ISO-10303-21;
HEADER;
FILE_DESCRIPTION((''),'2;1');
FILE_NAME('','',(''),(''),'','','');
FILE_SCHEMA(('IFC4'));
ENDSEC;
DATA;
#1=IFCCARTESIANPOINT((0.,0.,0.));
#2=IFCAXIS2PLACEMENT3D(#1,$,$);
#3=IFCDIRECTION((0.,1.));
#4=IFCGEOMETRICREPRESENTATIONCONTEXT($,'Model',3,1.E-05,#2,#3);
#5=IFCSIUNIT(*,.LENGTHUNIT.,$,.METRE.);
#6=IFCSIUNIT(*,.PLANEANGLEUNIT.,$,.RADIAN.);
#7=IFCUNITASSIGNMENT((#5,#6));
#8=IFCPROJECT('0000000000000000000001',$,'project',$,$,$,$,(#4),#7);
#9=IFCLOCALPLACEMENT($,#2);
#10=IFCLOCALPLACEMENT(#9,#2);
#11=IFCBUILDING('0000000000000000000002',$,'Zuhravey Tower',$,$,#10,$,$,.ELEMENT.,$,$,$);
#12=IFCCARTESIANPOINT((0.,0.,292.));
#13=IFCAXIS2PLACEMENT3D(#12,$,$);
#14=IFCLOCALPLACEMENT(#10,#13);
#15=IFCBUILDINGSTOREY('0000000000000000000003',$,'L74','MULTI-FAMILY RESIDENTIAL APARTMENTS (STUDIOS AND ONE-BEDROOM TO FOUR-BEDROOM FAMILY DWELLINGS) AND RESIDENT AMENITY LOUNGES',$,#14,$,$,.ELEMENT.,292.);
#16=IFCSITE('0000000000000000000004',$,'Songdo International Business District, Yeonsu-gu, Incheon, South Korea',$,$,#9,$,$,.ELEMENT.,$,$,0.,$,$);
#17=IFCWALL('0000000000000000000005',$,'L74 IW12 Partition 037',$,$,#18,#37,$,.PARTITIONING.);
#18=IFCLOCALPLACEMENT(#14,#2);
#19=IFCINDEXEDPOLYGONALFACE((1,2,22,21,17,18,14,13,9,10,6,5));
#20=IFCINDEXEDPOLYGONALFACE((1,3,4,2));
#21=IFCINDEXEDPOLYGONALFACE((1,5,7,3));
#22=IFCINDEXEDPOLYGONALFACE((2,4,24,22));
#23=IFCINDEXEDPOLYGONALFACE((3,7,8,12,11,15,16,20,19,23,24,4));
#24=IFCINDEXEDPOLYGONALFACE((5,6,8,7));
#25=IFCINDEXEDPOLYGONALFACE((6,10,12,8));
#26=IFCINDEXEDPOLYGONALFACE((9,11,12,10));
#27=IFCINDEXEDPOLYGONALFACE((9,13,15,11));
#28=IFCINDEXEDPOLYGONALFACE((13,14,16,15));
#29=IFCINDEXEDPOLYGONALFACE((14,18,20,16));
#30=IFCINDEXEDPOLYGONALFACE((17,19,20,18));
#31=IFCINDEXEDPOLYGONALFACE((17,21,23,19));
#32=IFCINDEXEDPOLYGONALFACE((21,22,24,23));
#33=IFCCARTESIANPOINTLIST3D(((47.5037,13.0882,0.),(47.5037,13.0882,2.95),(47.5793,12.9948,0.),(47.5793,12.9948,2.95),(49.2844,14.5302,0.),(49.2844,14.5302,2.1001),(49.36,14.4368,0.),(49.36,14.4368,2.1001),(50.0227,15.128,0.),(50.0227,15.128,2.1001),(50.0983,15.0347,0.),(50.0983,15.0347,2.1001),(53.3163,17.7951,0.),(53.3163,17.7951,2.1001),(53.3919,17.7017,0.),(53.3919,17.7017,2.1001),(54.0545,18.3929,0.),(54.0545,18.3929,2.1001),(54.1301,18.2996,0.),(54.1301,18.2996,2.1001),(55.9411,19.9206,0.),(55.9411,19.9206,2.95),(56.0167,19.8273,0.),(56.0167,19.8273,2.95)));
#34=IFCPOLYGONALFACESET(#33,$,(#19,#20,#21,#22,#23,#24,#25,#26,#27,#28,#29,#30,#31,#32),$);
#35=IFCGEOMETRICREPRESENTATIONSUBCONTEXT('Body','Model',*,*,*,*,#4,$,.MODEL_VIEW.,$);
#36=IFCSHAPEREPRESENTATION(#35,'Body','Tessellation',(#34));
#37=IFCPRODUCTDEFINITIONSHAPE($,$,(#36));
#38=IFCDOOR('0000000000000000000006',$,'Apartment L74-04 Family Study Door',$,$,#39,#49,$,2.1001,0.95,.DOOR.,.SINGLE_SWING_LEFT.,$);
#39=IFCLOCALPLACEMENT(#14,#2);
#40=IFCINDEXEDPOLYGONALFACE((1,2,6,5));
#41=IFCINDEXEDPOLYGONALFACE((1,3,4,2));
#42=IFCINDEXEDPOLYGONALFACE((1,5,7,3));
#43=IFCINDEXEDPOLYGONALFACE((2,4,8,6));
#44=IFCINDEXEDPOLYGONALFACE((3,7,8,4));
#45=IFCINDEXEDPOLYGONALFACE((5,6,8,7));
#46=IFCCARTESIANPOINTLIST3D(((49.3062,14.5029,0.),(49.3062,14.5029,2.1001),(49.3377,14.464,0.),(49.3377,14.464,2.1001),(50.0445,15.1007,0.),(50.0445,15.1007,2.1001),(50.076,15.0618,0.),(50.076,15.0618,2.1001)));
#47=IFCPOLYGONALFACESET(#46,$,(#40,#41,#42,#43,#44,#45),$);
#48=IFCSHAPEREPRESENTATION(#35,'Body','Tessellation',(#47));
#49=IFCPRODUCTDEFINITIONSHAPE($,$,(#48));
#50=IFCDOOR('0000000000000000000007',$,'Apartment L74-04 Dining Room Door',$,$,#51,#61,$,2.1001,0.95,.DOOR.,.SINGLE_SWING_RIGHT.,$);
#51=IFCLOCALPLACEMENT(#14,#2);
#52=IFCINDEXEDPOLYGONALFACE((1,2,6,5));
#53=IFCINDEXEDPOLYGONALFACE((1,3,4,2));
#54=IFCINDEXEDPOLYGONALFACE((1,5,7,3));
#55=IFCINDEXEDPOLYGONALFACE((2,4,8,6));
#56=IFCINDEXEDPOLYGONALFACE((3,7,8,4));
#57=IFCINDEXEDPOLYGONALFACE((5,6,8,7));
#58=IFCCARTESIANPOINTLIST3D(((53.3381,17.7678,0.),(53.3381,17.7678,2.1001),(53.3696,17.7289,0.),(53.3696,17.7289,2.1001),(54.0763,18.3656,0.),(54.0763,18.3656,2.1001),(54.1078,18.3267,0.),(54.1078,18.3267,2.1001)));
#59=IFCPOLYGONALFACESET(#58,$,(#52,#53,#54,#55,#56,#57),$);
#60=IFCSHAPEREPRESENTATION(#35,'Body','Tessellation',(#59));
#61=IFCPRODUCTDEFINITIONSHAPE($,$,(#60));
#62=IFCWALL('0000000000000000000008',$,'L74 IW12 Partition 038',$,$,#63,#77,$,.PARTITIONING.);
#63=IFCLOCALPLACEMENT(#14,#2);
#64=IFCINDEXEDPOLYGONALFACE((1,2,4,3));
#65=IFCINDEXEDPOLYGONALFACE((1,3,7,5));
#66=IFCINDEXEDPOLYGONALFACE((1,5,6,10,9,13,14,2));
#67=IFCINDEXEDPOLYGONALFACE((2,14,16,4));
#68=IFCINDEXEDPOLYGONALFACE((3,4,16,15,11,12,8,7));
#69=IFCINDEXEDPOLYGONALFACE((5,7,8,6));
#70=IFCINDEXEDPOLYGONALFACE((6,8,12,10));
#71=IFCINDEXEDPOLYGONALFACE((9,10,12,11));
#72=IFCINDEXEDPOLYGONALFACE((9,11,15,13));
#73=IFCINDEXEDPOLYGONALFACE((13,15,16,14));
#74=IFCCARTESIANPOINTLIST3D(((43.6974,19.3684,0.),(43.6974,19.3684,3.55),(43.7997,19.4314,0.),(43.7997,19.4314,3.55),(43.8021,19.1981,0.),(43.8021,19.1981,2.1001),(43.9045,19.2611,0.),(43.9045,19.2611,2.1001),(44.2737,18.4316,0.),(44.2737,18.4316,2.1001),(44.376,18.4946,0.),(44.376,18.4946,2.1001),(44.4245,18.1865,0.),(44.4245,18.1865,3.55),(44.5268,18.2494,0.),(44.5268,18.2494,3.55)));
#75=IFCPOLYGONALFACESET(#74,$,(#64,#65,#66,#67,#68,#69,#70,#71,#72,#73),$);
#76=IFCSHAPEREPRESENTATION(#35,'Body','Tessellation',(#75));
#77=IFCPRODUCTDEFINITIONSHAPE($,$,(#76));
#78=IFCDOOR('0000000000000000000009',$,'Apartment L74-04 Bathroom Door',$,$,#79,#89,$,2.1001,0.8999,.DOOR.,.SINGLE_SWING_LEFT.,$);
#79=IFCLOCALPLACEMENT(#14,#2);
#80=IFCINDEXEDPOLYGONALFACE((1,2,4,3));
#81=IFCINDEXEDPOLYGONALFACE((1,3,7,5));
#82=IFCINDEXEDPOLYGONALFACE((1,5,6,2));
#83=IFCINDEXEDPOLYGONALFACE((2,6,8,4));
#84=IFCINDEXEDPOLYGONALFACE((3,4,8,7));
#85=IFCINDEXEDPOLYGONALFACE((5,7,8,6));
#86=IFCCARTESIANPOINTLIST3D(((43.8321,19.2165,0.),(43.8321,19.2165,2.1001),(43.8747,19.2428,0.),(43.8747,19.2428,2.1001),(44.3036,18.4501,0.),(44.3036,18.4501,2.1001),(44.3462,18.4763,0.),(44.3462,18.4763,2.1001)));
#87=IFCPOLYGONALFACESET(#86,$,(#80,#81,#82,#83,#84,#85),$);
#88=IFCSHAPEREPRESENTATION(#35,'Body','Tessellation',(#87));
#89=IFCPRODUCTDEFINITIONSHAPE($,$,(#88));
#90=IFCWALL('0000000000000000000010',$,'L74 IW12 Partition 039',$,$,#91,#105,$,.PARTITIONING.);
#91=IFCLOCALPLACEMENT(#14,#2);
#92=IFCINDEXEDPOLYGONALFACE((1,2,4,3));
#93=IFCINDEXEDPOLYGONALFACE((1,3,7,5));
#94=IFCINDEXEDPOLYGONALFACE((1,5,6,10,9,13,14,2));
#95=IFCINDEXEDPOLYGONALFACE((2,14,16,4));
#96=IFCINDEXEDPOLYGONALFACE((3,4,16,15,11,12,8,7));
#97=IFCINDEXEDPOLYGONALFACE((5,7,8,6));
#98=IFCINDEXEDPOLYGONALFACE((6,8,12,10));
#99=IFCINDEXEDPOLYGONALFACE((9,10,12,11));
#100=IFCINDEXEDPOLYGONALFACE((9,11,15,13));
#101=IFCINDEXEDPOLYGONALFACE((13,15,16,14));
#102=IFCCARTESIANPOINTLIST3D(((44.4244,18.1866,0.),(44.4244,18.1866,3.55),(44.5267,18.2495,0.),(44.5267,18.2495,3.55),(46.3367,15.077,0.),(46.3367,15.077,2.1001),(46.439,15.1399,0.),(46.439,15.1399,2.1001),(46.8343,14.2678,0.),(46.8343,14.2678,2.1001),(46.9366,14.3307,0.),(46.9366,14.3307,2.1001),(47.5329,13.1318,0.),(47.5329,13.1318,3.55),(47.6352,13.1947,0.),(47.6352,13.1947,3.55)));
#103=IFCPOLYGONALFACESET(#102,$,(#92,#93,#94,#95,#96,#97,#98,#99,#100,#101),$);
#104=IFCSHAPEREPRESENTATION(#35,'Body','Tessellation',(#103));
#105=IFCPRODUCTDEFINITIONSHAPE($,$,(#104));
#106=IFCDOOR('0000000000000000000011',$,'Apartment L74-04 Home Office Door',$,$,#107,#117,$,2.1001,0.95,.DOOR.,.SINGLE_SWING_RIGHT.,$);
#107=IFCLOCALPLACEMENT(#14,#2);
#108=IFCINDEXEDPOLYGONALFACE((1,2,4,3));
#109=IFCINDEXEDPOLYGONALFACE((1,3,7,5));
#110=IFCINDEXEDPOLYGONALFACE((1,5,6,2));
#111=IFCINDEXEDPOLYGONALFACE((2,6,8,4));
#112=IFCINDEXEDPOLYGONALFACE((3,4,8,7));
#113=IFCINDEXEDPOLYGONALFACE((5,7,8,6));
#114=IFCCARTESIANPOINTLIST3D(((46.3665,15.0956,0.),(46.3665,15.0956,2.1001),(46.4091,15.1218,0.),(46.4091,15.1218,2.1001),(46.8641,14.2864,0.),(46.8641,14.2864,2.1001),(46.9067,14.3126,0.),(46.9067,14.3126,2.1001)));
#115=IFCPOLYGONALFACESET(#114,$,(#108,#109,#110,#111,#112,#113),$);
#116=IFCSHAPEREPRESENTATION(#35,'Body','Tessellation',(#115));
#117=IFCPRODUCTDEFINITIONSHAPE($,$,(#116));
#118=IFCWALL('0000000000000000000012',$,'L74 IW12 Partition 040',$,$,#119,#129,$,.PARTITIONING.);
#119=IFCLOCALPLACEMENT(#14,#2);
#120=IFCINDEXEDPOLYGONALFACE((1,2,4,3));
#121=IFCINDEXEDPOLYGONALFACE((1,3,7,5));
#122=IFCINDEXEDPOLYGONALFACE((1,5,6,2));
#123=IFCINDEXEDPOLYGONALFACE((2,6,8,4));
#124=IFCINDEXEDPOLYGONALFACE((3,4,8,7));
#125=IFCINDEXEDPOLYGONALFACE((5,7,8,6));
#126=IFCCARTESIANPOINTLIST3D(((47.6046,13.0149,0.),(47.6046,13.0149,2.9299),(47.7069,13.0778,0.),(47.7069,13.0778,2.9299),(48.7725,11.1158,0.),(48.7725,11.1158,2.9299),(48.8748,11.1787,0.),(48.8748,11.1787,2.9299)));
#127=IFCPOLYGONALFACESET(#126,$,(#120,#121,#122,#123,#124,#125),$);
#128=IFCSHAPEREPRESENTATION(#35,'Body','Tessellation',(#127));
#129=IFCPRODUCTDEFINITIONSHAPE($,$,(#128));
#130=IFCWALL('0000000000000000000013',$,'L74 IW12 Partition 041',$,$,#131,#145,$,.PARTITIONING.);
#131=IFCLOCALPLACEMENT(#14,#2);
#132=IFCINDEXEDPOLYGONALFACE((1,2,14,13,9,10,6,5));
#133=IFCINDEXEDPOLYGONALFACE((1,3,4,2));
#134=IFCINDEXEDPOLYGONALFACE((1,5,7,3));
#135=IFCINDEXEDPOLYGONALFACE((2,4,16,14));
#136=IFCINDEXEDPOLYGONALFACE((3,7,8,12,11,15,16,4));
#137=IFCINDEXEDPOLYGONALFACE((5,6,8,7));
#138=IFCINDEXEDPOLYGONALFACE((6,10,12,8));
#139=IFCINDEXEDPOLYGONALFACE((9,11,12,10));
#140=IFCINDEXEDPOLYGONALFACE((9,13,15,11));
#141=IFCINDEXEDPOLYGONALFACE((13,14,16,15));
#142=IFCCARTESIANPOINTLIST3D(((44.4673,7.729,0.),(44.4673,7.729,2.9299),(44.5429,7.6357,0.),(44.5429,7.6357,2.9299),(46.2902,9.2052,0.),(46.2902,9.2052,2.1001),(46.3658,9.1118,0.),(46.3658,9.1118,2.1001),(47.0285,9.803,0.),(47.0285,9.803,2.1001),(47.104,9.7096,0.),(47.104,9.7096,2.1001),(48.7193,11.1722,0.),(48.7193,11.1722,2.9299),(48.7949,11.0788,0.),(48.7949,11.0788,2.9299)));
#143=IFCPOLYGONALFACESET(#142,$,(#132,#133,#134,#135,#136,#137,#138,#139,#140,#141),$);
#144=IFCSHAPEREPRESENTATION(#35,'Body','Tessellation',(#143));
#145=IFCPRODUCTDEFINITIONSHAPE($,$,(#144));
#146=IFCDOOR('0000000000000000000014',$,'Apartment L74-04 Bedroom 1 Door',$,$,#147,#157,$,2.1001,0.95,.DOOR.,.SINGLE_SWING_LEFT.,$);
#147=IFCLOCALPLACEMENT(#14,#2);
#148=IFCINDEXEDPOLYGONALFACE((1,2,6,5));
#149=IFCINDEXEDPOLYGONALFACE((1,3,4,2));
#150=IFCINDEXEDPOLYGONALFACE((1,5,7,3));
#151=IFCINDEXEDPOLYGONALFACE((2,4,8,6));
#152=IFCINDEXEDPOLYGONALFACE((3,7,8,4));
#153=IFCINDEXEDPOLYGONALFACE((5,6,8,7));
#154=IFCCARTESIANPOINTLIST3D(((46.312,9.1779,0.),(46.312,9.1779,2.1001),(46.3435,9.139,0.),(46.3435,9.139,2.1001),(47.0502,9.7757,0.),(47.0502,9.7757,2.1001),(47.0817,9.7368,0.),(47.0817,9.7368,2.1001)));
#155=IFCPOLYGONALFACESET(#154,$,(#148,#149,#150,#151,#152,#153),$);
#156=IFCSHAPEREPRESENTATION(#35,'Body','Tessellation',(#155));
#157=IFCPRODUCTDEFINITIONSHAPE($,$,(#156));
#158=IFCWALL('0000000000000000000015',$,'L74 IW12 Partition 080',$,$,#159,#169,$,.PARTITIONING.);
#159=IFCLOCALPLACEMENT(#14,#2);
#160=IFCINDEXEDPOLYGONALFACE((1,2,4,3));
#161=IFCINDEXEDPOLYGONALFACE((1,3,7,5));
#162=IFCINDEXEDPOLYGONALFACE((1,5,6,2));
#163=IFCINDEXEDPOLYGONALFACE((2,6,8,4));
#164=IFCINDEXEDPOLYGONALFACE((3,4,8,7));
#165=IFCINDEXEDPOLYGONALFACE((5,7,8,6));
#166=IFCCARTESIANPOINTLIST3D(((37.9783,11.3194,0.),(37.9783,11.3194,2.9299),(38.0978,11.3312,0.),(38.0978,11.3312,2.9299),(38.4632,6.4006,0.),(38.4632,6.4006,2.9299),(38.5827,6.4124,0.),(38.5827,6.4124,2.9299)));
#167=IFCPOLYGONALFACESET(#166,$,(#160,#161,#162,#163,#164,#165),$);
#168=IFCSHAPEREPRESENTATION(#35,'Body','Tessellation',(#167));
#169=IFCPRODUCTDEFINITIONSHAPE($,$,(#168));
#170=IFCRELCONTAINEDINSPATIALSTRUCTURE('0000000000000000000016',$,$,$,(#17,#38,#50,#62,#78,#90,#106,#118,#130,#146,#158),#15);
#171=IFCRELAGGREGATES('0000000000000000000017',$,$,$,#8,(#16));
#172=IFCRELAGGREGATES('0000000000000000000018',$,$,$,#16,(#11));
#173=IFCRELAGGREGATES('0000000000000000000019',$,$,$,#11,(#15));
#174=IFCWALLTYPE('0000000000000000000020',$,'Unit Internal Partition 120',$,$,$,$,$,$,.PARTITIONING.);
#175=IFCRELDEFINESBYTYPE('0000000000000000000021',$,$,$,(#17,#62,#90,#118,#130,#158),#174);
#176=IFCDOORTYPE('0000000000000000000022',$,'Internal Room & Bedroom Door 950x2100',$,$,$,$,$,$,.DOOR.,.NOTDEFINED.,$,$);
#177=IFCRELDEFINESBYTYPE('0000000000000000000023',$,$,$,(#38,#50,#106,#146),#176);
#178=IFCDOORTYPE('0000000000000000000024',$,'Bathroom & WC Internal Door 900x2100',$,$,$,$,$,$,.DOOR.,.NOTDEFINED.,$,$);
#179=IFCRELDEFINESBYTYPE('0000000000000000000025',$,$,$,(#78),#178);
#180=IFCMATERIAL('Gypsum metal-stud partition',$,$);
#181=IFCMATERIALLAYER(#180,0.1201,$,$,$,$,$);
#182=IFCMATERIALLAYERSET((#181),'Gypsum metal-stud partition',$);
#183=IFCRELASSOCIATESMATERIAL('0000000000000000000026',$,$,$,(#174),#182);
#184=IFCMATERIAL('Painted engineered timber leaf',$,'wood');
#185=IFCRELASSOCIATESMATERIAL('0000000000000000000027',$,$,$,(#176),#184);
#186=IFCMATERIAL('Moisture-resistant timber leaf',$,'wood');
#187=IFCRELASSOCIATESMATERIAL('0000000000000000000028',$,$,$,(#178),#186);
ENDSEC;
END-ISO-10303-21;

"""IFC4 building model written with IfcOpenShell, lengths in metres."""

from ifc_helpers import new_model, si_unit, direction, frame, frame_2d, origin, place, context, subcontext, project, spatial, rectangle, extrude, material, layer, layer_set, type_object, element, fill, save


model = new_model("IFC4")

# Units and contexts
model_context = context("Model", 3, precision=1e-05, world=origin(), true_north=direction((0.0, 1.0)))
body_context = subcontext(model_context, "Body", "Model", "MODEL_VIEW")
ifc_project = project(units=[si_unit("LENGTHUNIT", "METRE"), si_unit("PLANEANGLEUNIT", "RADIAN")], contexts=[model_context])

# Site, building, storey
site_placement = place(None, origin())
site = spatial("IfcSite", under=ifc_project, at=site_placement, Name="Songdo International Business District, Yeonsu-gu, Incheon, South Korea", CompositionType="ELEMENT", RefElevation=0.0)
building_placement = place(site_placement, origin())
building = spatial("IfcBuilding", under=site, at=building_placement, Name="Zuhravey Tower", CompositionType="ELEMENT")
storey_placement = place(building_placement, frame((0.0, 0.0, 292.0)))
storey = spatial("IfcBuildingStorey", under=building, at=storey_placement, Name="L74", Description="MULTI-FAMILY RESIDENTIAL APARTMENTS (STUDIOS AND ONE-BEDROOM TO FOUR-BEDROOM FAMILY DWELLINGS) AND RESIDENT AMENITY LOUNGES", CompositionType="ELEMENT", Elevation=292.0)

# Wall, openings, doors
ifc_material_1 = material(Name="Gypsum metal-stud partition")
ifc_layer_1 = layer(ifc_material_1, 0.1201)
ifc_layer_set_1 = layer_set([ifc_layer_1], Name="Gypsum metal-stud partition")
wall_type_1 = type_object("IfcWallType", Name="Unit Internal Partition 120", PredefinedType="PARTITIONING", material=ifc_layer_set_1)
wall_1_placement = place(storey_placement, frame((47.5415, 13.0415, 0.0), z_axis=(0.0, 0.0, 1.0), x_axis=(0.777147, 0.629319, 0.0)))
wall_1 = element("IfcWall", 1, at=wall_1_placement, inside=storey, type_object=wall_type_1, Name="L74 IW12 Partition 037", PredefinedType="PARTITIONING", context=body_context, shape_type="SweptSolid", body=[
    extrude(rectangle(XDim=10.8569, YDim=0.1201, at=frame_2d((5.4285, 0.0))), origin(), (0.0, 0.0, 1.0), 2.95),
])
opening_1_placement = place(wall_1_placement, frame((2.2913, 0.0, 0.0)))
opening_1 = element("IfcOpeningElement", 2, at=opening_1_placement, cuts=wall_1, PredefinedType="OPENING", context=body_context, shape_type="SweptSolid", body=[
    extrude(rectangle(XDim=0.95, YDim=2.1001, at=frame_2d((0.4751, 1.05))), frame((0.0, 0.072, 0.0), z_axis=(0.0, -1.0, 0.0), x_axis=(1.0, 0.0, 0.0)), (0.0, 0.0, 1.0), 0.144),
])
opening_2_placement = place(wall_1_placement, frame((7.4792, 0.0, 0.0)))
opening_2 = element("IfcOpeningElement", 3, at=opening_2_placement, cuts=wall_1, PredefinedType="OPENING", context=body_context, shape_type="SweptSolid", body=[
    extrude(rectangle(XDim=0.95, YDim=2.1001, at=frame_2d((0.4751, 1.05))), frame((0.0, 0.072, 0.0), z_axis=(0.0, -1.0, 0.0), x_axis=(1.0, 0.0, 0.0)), (0.0, 0.0, 1.0), 0.144),
])
ifc_material_2 = material(Name="Painted engineered timber leaf", Category="wood")
door_type_1 = type_object("IfcDoorType", Name="Internal Room & Bedroom Door 950x2100", OperationType="NOTDEFINED", PredefinedType="DOOR", material=ifc_material_2)
door_1_placement = place(opening_1_placement, frame((0.95, 0.0, 0.0), z_axis=(0.0, 0.0, 1.0), x_axis=(-1.0, 0.0, 0.0)))
door_1 = element("IfcDoor", 4, at=door_1_placement, inside=storey, type_object=door_type_1, Name="Apartment L74-04 Family Study Door", OperationType="SINGLE_SWING_LEFT", OverallHeight=2.1001, OverallWidth=0.95, PredefinedType="DOOR", context=body_context, shape_type="SweptSolid", body=[
    extrude(rectangle(XDim=0.95, YDim=2.1001, at=frame_2d((0.4751, 1.05))), frame((0.0, 0.0249, 0.0), z_axis=(0.0, -1.0, 0.0), x_axis=(1.0, 0.0, 0.0)), (0.0, 0.0, 1.0), 0.05),
])
fill(opening_1, door_1)
door_2_placement = place(opening_2_placement, frame((0.95, 0.0, 0.0), z_axis=(0.0, 0.0, 1.0), x_axis=(-1.0, 0.0, 0.0)))
door_2 = element("IfcDoor", 5, at=door_2_placement, inside=storey, type_object=door_type_1, Name="Apartment L74-04 Dining Room Door", OperationType="SINGLE_SWING_RIGHT", OverallHeight=2.1001, OverallWidth=0.95, PredefinedType="DOOR", context=body_context, shape_type="SweptSolid", body=[
    extrude(rectangle(XDim=0.95, YDim=2.1001, at=frame_2d((0.4751, 1.05))), frame((0.0, 0.0249, 0.0), z_axis=(0.0, -1.0, 0.0), x_axis=(1.0, 0.0, 0.0)), (0.0, 0.0, 1.0), 0.05),
])
fill(opening_2, door_2)

# Walls, openings, doors
wall_2_placement = place(storey_placement, frame((43.7485, 19.3999, 0.0), z_axis=(0.0, 0.0, 1.0), x_axis=(0.52396, -0.851743, 0.0)))
wall_2 = element("IfcWall", 6, at=wall_2_placement, inside=storey, type_object=wall_type_1, Name="L74 IW12 Partition 038", PredefinedType="PARTITIONING", context=body_context, shape_type="SweptSolid", body=[
    extrude(rectangle(XDim=1.3877, YDim=0.1201, at=frame_2d((0.6938, 0.0))), origin(), (0.0, 0.0, 1.0), 3.55),
])
opening_3_placement = place(wall_2_placement, frame((0.2, 0.0, 0.0)))
opening_3 = element("IfcOpeningElement", 7, at=opening_3_placement, cuts=wall_2, PredefinedType="OPENING", context=body_context, shape_type="SweptSolid", body=[
    extrude(rectangle(XDim=0.8999, YDim=2.1001, at=frame_2d((0.45, 1.05))), frame((0.0, 0.072, 0.0), z_axis=(0.0, -1.0, 0.0), x_axis=(1.0, 0.0, 0.0)), (0.0, 0.0, 1.0), 0.144),
])
ifc_material_3 = material(Name="Moisture-resistant timber leaf", Category="wood")
door_type_2 = type_object("IfcDoorType", Name="Bathroom & WC Internal Door 900x2100", OperationType="NOTDEFINED", PredefinedType="DOOR", material=ifc_material_3)
door_3_placement = place(opening_3_placement, frame((0.8999, 0.0, 0.0), z_axis=(0.0, 0.0, 1.0), x_axis=(-1.0, 0.0, 0.0)))
door_3 = element("IfcDoor", 8, at=door_3_placement, inside=storey, type_object=door_type_2, Name="Apartment L74-04 Bathroom Door", OperationType="SINGLE_SWING_LEFT", OverallHeight=2.1001, OverallWidth=0.8999, PredefinedType="DOOR", context=body_context, shape_type="SweptSolid", body=[
    extrude(rectangle(XDim=0.8999, YDim=2.1001, at=frame_2d((0.45, 1.05))), frame((0.0, 0.0249, 0.0), z_axis=(0.0, -1.0, 0.0), x_axis=(1.0, 0.0, 0.0)), (0.0, 0.0, 1.0), 0.05),
])
fill(opening_3, door_3)
wall_3_placement = place(storey_placement, frame((44.4756, 18.218, 0.0), z_axis=(0.0, 0.0, 1.0), x_axis=(0.523831, -0.851822, 0.0)))
wall_3 = element("IfcWall", 9, at=wall_3_placement, inside=storey, type_object=wall_type_1, Name="L74 IW12 Partition 039", PredefinedType="PARTITIONING", context=body_context, shape_type="SweptSolid", body=[
    extrude(rectangle(XDim=5.9341, YDim=0.1201, at=frame_2d((2.967, 0.0))), origin(), (0.0, 0.0, 1.0), 3.55),
])
opening_4_placement = place(wall_3_placement, frame((3.6504, 0.0, 0.0)))
opening_4 = element("IfcOpeningElement", 10, at=opening_4_placement, cuts=wall_3, PredefinedType="OPENING", context=body_context, shape_type="SweptSolid", body=[
    extrude(rectangle(XDim=0.95, YDim=2.1001, at=frame_2d((0.4751, 1.05))), frame((0.0, 0.072, 0.0), z_axis=(0.0, -1.0, 0.0), x_axis=(1.0, 0.0, 0.0)), (0.0, 0.0, 1.0), 0.144),
])
door_4_placement = place(opening_4_placement, frame((0.95, 0.0, 0.0), z_axis=(0.0, 0.0, 1.0), x_axis=(-1.0, 0.0, 0.0)))
door_4 = element("IfcDoor", 11, at=door_4_placement, inside=storey, type_object=door_type_1, Name="Apartment L74-04 Home Office Door", OperationType="SINGLE_SWING_RIGHT", OverallHeight=2.1001, OverallWidth=0.95, PredefinedType="DOOR", context=body_context, shape_type="SweptSolid", body=[
    extrude(rectangle(XDim=0.95, YDim=2.1001, at=frame_2d((0.4751, 1.05))), frame((0.0, 0.0249, 0.0), z_axis=(0.0, -1.0, 0.0), x_axis=(1.0, 0.0, 0.0)), (0.0, 0.0, 1.0), 0.05),
])
fill(opening_4, door_4)

# Wall
wall_4_placement = place(storey_placement, frame((47.6558, 13.0464, 0.0), z_axis=(0.0, 0.0, 1.0), x_axis=(0.523853, -0.851809, 0.0)))
element("IfcWall", 12, at=wall_4_placement, inside=storey, type_object=wall_type_1, Name="L74 IW12 Partition 040", PredefinedType="PARTITIONING", context=body_context, shape_type="SweptSolid", body=[
    extrude(rectangle(XDim=2.2295, YDim=0.1201, at=frame_2d((1.1147, 0.0))), origin(), (0.0, 0.0, 1.0), 2.9299),
])

# Wall, opening, door
wall_5_placement = place(storey_placement, frame((44.5051, 7.6824, 0.0), z_axis=(0.0, 0.0, 1.0), x_axis=(0.77715, 0.629315, 0.0)))
wall_5 = element("IfcWall", 13, at=wall_5_placement, inside=storey, type_object=wall_type_1, Name="L74 IW12 Partition 041", PredefinedType="PARTITIONING", context=body_context, shape_type="SweptSolid", body=[
    extrude(rectangle(XDim=5.4712, YDim=0.1201, at=frame_2d((2.7356, 0.0))), origin(), (0.0, 0.0, 1.0), 2.9299),
])
opening_5_placement = place(wall_5_placement, frame((2.3455, 0.0, 0.0)))
opening_5 = element("IfcOpeningElement", 14, at=opening_5_placement, cuts=wall_5, PredefinedType="OPENING", context=body_context, shape_type="SweptSolid", body=[
    extrude(rectangle(XDim=0.95, YDim=2.1001, at=frame_2d((0.4751, 1.05))), frame((0.0, 0.072, 0.0), z_axis=(0.0, -1.0, 0.0), x_axis=(1.0, 0.0, 0.0)), (0.0, 0.0, 1.0), 0.144),
])
door_5_placement = place(opening_5_placement, frame((0.95, 0.0, 0.0), z_axis=(0.0, 0.0, 1.0), x_axis=(-1.0, 0.0, 0.0)))
door_5 = element("IfcDoor", 15, at=door_5_placement, inside=storey, type_object=door_type_1, Name="Apartment L74-04 Bedroom 1 Door", OperationType="SINGLE_SWING_LEFT", OverallHeight=2.1001, OverallWidth=0.95, PredefinedType="DOOR", context=body_context, shape_type="SweptSolid", body=[
    extrude(rectangle(XDim=0.95, YDim=2.1001, at=frame_2d((0.4751, 1.05))), frame((0.0, 0.0249, 0.0), z_axis=(0.0, -1.0, 0.0), x_axis=(1.0, 0.0, 0.0)), (0.0, 0.0, 1.0), 0.05),
])
fill(opening_5, door_5)

# Wall
wall_6_placement = place(storey_placement, frame((38.0381, 11.3252, 0.0), z_axis=(0.0, 0.0, 1.0), x_axis=(0.0981, -0.995177, 0.0)))
element("IfcWall", 16, at=wall_6_placement, inside=storey, type_object=wall_type_1, Name="L74 IW12 Partition 080", PredefinedType="PARTITIONING", context=body_context, shape_type="SweptSolid", body=[
    extrude(rectangle(XDim=4.9426, YDim=0.1201, at=frame_2d((2.4712, 0.0))), origin(), (0.0, 0.0, 1.0), 2.9299),
])

save(model, "model.ifc")
